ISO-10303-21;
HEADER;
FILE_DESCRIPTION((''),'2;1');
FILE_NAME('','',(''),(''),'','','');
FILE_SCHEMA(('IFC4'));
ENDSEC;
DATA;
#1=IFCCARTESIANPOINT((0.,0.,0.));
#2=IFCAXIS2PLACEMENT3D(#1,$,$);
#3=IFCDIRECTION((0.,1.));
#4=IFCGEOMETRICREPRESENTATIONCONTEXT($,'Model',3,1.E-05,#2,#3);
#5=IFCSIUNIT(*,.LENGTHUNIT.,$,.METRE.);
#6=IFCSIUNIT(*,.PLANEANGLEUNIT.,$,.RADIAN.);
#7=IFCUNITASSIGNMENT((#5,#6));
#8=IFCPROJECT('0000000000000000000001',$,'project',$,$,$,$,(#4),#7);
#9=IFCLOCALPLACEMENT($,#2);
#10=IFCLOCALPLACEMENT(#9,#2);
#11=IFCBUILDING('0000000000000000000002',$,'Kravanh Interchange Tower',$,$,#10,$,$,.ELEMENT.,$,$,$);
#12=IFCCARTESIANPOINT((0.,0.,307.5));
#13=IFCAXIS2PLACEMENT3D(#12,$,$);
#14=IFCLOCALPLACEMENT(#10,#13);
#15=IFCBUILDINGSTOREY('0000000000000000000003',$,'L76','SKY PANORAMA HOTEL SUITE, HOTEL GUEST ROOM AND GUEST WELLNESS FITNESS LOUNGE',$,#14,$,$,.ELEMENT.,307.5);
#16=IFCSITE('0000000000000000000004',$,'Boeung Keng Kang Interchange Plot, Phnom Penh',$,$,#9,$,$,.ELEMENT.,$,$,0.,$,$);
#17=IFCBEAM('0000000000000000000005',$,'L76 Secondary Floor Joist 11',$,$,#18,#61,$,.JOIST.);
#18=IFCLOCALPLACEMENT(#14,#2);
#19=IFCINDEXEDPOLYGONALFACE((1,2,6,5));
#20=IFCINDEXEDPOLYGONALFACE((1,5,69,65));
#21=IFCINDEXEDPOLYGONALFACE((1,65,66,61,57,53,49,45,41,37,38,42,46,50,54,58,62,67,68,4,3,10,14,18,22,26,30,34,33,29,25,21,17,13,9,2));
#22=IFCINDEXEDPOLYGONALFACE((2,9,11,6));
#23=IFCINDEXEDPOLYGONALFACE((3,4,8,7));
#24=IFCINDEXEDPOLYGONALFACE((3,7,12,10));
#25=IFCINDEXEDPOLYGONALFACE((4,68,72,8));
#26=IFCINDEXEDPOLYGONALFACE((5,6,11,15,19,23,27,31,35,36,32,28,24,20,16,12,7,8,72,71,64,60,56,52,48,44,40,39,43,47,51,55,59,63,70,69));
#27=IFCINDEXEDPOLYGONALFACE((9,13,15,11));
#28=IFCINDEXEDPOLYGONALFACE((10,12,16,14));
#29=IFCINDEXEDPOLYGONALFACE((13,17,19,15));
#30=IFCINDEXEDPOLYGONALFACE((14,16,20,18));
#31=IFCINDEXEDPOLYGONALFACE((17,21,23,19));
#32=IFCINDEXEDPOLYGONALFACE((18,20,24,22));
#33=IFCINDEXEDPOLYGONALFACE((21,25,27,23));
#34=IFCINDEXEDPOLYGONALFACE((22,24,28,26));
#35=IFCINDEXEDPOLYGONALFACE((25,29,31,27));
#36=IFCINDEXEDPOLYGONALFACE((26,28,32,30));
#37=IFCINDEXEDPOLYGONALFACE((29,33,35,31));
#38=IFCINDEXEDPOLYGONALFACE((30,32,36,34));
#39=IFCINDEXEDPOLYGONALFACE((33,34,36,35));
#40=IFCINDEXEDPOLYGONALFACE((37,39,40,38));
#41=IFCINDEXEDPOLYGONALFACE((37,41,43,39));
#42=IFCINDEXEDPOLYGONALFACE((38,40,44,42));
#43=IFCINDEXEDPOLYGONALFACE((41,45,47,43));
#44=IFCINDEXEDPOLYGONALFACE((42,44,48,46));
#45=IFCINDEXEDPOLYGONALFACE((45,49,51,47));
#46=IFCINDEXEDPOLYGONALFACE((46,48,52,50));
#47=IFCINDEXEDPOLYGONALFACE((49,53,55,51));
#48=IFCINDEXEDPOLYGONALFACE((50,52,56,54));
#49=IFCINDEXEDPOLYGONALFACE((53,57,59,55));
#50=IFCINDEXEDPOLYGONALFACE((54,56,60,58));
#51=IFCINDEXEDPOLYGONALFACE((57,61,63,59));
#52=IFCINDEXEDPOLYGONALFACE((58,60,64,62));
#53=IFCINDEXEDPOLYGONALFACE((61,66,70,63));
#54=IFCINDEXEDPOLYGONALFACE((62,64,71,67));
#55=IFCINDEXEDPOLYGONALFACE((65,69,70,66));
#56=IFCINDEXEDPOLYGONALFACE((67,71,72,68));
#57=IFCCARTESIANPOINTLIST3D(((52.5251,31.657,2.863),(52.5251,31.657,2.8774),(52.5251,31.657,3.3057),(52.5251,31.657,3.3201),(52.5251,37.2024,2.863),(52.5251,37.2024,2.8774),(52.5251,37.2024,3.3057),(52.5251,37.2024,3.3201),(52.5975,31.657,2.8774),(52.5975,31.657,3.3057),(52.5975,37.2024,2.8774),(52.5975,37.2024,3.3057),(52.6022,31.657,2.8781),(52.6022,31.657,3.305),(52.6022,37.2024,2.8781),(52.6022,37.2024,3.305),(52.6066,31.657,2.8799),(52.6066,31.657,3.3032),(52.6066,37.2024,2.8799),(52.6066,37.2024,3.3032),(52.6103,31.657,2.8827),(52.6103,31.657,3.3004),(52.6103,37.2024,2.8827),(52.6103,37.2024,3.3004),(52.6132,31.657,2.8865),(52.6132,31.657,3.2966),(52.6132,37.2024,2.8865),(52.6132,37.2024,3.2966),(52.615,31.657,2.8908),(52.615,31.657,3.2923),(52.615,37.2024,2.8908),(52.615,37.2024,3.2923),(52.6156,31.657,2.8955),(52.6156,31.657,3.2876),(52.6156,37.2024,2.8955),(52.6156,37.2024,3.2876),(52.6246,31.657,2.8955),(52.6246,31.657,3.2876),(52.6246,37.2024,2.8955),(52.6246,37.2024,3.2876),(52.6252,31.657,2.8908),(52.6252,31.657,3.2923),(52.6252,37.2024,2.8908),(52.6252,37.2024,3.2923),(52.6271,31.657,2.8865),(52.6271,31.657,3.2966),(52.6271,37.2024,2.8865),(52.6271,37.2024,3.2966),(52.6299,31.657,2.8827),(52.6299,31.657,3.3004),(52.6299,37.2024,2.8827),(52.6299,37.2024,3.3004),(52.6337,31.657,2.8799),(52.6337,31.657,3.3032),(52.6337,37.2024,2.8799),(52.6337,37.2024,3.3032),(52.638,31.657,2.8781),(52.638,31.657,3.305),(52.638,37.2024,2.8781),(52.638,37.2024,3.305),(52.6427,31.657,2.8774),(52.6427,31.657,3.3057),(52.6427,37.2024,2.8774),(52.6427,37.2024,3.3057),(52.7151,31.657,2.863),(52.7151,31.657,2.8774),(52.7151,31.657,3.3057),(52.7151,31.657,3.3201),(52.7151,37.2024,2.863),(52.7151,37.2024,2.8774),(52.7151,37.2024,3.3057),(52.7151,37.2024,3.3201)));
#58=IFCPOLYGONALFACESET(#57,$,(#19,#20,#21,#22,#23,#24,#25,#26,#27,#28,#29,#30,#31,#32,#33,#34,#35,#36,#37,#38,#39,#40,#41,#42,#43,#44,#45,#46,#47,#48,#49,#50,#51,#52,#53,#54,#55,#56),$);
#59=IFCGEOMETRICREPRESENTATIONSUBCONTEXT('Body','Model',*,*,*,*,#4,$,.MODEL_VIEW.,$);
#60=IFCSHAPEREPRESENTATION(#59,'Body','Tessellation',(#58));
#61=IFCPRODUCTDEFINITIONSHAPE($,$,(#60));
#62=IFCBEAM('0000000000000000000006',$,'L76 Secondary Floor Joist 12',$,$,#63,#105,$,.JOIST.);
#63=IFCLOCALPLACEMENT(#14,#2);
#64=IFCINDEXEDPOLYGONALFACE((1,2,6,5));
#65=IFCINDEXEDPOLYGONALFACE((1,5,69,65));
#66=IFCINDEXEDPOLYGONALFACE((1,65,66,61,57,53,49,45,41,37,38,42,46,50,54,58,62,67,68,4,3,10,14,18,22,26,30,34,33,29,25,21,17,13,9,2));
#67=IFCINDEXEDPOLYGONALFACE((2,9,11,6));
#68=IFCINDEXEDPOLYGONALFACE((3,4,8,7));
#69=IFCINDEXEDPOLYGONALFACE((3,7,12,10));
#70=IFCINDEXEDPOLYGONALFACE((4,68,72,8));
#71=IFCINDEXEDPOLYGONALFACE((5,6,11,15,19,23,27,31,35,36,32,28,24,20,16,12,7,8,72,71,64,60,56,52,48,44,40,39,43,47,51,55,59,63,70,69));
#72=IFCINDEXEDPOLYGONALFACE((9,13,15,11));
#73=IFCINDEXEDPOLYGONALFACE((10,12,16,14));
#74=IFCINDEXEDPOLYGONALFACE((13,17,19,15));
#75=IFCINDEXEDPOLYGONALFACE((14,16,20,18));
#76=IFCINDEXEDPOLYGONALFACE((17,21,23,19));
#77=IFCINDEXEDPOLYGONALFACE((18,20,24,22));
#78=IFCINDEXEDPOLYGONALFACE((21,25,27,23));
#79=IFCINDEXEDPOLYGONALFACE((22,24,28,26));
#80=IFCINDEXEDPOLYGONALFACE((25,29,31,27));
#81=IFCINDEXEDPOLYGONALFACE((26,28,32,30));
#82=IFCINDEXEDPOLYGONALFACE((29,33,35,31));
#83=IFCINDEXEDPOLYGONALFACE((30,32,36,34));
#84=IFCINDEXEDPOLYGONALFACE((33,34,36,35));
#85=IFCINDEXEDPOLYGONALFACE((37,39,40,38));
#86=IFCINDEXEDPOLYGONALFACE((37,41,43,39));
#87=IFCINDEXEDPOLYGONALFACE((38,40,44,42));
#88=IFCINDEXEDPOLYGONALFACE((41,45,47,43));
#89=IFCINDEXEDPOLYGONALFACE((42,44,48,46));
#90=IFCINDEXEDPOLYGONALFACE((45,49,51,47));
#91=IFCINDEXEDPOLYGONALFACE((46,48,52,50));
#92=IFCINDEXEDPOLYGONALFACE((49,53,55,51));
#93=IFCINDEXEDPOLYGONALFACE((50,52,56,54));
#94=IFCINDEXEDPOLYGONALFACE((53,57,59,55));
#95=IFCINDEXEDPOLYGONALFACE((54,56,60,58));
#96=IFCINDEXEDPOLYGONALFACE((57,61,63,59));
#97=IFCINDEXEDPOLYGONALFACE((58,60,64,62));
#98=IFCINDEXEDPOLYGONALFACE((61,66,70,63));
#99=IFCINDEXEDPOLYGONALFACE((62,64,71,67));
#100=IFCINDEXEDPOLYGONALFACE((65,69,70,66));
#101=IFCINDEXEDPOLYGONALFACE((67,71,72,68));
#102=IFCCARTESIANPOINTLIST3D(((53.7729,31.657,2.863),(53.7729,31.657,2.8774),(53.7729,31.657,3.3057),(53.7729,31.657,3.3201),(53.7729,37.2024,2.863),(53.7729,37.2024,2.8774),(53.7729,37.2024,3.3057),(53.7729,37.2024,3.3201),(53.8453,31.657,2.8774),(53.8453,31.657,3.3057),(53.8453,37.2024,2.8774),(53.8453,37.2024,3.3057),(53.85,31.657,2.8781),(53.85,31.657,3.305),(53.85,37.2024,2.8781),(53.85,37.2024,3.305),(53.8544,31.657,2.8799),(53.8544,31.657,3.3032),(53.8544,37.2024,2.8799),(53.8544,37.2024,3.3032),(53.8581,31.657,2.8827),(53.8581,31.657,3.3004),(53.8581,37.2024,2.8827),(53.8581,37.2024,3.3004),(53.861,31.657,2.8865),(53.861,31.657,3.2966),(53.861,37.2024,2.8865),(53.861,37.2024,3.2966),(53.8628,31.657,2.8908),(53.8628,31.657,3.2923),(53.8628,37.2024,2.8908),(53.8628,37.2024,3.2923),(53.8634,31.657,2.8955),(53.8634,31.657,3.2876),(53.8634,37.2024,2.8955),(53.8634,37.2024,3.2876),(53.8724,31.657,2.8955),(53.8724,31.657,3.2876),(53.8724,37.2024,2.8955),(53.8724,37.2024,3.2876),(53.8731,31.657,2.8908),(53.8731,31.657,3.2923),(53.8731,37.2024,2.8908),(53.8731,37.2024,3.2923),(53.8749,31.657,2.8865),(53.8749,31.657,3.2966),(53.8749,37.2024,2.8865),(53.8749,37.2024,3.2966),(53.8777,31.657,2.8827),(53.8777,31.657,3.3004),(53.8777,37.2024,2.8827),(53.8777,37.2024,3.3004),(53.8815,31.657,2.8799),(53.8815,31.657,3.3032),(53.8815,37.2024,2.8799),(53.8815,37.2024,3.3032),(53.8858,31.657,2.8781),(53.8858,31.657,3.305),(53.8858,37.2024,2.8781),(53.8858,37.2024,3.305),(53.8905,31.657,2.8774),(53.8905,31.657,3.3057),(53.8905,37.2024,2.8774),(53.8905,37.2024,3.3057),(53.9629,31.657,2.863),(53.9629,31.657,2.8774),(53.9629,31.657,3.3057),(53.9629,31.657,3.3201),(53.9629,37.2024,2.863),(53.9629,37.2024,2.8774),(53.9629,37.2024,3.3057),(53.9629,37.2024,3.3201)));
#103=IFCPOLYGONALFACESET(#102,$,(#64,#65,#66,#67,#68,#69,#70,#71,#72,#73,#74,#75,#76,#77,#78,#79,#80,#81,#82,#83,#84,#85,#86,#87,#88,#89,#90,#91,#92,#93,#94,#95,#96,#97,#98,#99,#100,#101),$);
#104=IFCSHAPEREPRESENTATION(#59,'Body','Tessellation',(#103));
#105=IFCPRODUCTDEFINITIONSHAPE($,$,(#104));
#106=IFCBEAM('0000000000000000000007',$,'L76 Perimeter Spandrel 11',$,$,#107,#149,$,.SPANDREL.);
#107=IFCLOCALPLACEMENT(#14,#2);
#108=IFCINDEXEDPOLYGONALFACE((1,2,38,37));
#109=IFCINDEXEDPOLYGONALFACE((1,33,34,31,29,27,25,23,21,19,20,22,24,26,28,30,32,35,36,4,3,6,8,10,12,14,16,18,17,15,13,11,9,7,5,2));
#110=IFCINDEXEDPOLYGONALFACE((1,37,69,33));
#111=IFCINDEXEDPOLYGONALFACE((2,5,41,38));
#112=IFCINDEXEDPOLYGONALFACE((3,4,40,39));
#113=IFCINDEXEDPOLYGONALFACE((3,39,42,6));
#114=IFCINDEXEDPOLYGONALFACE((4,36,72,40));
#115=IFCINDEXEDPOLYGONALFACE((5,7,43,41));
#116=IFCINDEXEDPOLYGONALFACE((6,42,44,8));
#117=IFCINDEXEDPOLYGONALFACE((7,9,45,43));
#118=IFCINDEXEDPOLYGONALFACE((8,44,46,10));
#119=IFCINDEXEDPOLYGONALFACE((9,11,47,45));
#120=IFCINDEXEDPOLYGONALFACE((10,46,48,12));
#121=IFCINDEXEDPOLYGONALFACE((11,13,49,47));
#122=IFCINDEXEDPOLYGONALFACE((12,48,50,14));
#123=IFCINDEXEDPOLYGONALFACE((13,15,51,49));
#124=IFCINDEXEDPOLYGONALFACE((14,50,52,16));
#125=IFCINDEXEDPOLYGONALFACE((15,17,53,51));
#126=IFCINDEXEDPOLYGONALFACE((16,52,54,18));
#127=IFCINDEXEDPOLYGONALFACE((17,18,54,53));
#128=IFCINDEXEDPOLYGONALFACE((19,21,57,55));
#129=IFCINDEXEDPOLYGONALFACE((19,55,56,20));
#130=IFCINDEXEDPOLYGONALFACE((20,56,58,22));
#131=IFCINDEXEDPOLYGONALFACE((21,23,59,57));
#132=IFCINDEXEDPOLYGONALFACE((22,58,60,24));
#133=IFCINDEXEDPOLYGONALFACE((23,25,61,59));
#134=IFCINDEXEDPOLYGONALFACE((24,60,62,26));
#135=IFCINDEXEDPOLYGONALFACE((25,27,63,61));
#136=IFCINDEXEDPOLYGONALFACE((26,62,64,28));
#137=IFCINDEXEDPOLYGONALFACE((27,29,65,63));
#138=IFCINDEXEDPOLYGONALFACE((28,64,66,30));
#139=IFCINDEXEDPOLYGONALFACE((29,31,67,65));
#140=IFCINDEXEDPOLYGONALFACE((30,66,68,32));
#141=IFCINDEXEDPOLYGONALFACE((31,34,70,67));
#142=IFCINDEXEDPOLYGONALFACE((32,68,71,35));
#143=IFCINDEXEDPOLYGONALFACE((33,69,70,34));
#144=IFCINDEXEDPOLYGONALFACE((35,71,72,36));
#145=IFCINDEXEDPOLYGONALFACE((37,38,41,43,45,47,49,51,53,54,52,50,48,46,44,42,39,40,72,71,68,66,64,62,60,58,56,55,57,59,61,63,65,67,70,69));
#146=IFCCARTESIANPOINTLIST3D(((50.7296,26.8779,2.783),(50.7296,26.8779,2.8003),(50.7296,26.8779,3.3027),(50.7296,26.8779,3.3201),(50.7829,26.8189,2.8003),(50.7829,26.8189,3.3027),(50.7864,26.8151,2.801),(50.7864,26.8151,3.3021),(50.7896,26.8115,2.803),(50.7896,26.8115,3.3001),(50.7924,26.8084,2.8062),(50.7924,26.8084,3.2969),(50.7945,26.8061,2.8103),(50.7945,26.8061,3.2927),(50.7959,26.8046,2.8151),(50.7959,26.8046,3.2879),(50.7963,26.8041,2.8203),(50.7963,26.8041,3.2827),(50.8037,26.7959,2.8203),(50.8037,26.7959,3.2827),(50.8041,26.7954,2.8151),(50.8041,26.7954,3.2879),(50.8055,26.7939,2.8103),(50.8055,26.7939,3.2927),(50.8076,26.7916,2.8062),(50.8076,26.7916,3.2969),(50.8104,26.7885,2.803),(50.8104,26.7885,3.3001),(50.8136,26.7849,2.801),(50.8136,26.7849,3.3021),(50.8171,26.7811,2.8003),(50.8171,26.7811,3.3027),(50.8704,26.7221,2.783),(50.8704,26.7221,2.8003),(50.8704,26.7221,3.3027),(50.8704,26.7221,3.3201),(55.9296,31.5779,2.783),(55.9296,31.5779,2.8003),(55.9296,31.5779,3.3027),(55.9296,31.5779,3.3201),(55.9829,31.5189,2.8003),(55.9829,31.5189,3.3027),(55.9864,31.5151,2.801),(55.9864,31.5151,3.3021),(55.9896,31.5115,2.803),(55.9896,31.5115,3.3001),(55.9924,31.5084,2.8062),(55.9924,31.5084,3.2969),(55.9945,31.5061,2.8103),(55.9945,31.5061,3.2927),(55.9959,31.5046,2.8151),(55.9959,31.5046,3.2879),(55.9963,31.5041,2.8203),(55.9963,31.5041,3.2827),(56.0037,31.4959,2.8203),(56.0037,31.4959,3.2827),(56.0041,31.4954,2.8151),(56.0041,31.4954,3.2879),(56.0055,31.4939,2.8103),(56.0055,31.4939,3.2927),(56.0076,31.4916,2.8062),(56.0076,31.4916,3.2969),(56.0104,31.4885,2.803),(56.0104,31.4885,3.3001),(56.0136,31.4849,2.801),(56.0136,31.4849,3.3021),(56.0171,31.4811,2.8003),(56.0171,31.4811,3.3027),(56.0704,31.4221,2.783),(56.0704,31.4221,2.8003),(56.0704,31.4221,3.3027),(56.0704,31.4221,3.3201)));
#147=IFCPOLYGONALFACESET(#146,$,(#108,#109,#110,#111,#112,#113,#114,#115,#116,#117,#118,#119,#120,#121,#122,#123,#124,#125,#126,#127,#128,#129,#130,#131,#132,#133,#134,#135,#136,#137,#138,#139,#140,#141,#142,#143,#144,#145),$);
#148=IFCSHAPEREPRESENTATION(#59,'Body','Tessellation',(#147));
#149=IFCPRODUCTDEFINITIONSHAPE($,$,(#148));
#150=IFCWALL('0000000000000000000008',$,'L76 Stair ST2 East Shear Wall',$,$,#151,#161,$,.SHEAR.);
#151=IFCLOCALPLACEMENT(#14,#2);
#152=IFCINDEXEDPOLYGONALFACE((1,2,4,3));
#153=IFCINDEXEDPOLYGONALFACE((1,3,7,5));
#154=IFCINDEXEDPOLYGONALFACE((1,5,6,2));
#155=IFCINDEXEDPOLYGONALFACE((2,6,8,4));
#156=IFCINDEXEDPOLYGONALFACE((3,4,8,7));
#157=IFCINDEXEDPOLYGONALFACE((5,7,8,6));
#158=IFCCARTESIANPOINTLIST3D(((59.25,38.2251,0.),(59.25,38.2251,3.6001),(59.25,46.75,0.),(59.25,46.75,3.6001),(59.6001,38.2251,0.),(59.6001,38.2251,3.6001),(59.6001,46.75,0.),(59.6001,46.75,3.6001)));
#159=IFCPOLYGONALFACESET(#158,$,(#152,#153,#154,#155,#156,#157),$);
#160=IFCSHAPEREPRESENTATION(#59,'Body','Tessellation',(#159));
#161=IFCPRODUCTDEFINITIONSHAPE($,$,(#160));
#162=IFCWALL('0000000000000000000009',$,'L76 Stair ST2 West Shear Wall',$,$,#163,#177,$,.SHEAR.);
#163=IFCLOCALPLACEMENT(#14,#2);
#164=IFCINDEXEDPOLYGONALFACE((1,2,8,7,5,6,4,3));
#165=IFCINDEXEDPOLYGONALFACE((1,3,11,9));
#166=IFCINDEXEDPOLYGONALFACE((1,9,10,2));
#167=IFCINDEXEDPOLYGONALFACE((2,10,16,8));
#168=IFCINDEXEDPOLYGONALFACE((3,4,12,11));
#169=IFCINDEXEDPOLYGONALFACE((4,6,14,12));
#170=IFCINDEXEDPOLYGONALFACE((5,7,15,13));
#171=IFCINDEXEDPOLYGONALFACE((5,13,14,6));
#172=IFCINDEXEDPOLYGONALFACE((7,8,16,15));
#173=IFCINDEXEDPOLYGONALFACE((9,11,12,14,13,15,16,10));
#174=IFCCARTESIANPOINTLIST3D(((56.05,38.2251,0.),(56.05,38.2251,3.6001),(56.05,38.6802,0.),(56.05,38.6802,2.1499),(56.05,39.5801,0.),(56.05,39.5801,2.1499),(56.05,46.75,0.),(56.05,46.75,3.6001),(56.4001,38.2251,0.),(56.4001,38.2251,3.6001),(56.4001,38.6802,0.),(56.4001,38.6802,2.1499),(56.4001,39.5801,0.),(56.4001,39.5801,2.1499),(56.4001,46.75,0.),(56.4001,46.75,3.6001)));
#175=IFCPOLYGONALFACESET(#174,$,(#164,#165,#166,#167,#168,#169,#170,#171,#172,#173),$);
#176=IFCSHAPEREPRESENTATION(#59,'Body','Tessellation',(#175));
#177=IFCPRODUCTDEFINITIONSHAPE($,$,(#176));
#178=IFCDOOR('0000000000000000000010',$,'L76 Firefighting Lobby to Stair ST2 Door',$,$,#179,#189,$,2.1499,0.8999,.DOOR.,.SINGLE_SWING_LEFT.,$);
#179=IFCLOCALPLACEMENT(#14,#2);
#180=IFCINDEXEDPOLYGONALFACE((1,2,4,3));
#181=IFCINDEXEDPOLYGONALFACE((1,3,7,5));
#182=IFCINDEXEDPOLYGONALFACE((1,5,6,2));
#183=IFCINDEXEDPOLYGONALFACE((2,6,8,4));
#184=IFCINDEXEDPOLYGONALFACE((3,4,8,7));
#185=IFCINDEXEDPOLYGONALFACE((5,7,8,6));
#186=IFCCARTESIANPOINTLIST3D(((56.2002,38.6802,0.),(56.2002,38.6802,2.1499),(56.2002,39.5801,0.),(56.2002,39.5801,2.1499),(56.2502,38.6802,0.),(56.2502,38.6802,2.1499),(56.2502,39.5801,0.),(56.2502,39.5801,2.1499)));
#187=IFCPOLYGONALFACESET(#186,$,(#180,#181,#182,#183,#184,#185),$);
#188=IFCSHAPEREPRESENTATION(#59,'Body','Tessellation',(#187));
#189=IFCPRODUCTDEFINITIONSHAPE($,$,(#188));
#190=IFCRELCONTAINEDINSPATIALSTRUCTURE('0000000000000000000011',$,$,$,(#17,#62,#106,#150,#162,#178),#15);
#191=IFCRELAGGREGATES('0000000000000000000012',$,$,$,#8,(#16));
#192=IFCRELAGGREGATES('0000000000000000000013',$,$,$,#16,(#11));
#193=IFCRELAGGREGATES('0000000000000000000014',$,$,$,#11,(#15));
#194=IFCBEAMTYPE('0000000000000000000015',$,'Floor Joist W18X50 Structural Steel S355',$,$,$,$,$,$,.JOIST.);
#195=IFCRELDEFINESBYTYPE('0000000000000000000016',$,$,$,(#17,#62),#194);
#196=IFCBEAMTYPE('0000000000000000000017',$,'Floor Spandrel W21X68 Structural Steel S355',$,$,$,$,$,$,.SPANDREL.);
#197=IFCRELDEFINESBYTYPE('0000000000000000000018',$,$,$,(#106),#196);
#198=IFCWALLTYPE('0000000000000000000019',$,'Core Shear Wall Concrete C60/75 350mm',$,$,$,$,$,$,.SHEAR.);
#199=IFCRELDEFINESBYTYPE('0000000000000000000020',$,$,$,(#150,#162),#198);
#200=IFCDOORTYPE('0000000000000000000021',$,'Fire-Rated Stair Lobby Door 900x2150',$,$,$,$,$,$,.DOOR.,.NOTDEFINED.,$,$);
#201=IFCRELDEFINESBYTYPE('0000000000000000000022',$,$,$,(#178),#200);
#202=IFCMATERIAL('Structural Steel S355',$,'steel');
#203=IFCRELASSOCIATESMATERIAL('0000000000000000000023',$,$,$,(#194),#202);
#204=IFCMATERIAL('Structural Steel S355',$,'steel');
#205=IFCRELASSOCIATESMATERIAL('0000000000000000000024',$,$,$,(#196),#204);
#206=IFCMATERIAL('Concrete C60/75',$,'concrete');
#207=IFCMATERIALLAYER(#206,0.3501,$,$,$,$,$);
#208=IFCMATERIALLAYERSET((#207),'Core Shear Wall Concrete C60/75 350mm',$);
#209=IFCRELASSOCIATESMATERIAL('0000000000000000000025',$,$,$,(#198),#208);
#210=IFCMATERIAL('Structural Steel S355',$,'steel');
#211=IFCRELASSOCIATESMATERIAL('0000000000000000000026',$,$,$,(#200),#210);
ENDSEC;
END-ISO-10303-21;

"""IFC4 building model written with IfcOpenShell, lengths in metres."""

from ifc_helpers import new_model, si_unit, direction, frame, frame_2d, origin, origin_2d, place, context, subcontext, project, spatial, rectangle, i_section, extrude, material, layer, layer_set, material_profile, profile_set, type_object, element, fill, save


model = new_model("IFC4")

# Units and contexts
model_context = context("Model", 3, precision=1e-05, world=origin(), true_north=direction((0.0, 1.0)))
body_context = subcontext(model_context, "Body", "Model", "MODEL_VIEW")
ifc_project = project(units=[si_unit("LENGTHUNIT", "METRE"), si_unit("PLANEANGLEUNIT", "RADIAN")], contexts=[model_context])

# Site, building, storey
site_placement = place(None, origin())
site = spatial("IfcSite", under=ifc_project, at=site_placement, Name="Boeung Keng Kang Interchange Plot, Phnom Penh", CompositionType="ELEMENT", RefElevation=0.0)
building_placement = place(site_placement, origin())
building = spatial("IfcBuilding", under=site, at=building_placement, Name="Kravanh Interchange Tower", CompositionType="ELEMENT")
storey_placement = place(building_placement, frame((0.0, 0.0, 307.5)))
storey = spatial("IfcBuildingStorey", under=building, at=storey_placement, Name="L76", Description="SKY PANORAMA HOTEL SUITE, HOTEL GUEST ROOM AND GUEST WELLNESS FITNESS LOUNGE", CompositionType="ELEMENT", Elevation=307.5)

# Beams
ifc_material_1 = material(Name="Structural Steel S355", Category="steel")
ifc_material_profile_1 = material_profile(ifc_material_1, i_section(OverallWidth=0.1899, OverallDepth=0.457, WebThickness=0.009, FlangeThickness=0.0144, FilletRadius=0.0181, at=origin_2d()), Name="W18X50")
ifc_profile_set_1 = profile_set([ifc_material_profile_1], Name="Structural Steel S355")
beam_type_1 = type_object("IfcBeamType", Name="Floor Joist W18X50 Structural Steel S355", PredefinedType="JOIST", material=ifc_profile_set_1)
for number, where, z_axis, x_axis, name in (
    (1, (52.6201, 31.657, 3.0916), (0.0, 1.0, 0.0), (-1.0, 0.0, 0.0), "L76 Secondary Floor Joist 11"),
    (2, (53.8679, 31.657, 3.0916), (0.0, 1.0, 0.0), (-1.0, 0.0, 0.0), "L76 Secondary Floor Joist 12"),
):
    element("IfcBeam", number, at=place(storey_placement, frame(where, z_axis=z_axis, x_axis=x_axis)), inside=storey, type_object=beam_type_1, Name=name, PredefinedType="JOIST", context=body_context, shape_type="SweptSolid", body=[
        extrude(i_section(OverallWidth=0.1899, OverallDepth=0.457, WebThickness=0.009, FlangeThickness=0.0144, FilletRadius=0.0181, at=origin_2d()), origin(), (0.0, 0.0, 1.0), 5.5454),
    ])
ifc_material_2 = material(Name="Structural Steel S355", Category="steel")
ifc_material_profile_2 = material_profile(ifc_material_2, i_section(OverallWidth=0.21, OverallDepth=0.5371, WebThickness=0.011, FlangeThickness=0.0173, FilletRadius=0.02, at=origin_2d()), Name="W21X68")
ifc_profile_set_2 = profile_set([ifc_material_profile_2], Name="Structural Steel S355")
beam_type_2 = type_object("IfcBeamType", Name="Floor Spandrel W21X68 Structural Steel S355", PredefinedType="SPANDREL", material=ifc_profile_set_2)
beam_1_placement = place(storey_placement, frame((56.0, 31.5, 3.0515), z_axis=(-0.741874, -0.670539, 0.0), x_axis=(0.670539, -0.741874, 0.0)))
element("IfcBeam", 3, at=beam_1_placement, inside=storey, type_object=beam_type_2, Name="L76 Perimeter Spandrel 11", PredefinedType="SPANDREL", context=body_context, shape_type="SweptSolid", body=[
    extrude(i_section(OverallWidth=0.21, OverallDepth=0.5371, WebThickness=0.011, FlangeThickness=0.0173, FilletRadius=0.02, at=origin_2d()), origin(), (0.0, 0.0, 1.0), 7.0093),
])

# Wall
ifc_material_3 = material(Name="Concrete C60/75", Category="concrete")
ifc_layer_1 = layer(ifc_material_3, 0.3501)
ifc_layer_set_1 = layer_set([ifc_layer_1], Name="Core Shear Wall Concrete C60/75 350mm")
wall_type_1 = type_object("IfcWallType", Name="Core Shear Wall Concrete C60/75 350mm", PredefinedType="SHEAR", material=ifc_layer_set_1)
wall_1_placement = place(storey_placement, frame((59.425, 38.2251, 0.0), z_axis=(0.0, 0.0, 1.0), x_axis=(0.0, 1.0, 0.0)))
element("IfcWall", 4, at=wall_1_placement, inside=storey, type_object=wall_type_1, Name="L76 Stair ST2 East Shear Wall", PredefinedType="SHEAR", context=body_context, shape_type="SweptSolid", body=[
    extrude(rectangle(XDim=8.5249, YDim=0.3501, at=frame_2d((4.2625, 0.0))), origin(), (0.0, 0.0, 1.0), 3.6001),
])

# Wall, opening, door
wall_2_placement = place(storey_placement, frame((56.2251, 38.2251, 0.0), z_axis=(0.0, 0.0, 1.0), x_axis=(0.0, 1.0, 0.0)))
wall_2 = element("IfcWall", 5, at=wall_2_placement, inside=storey, type_object=wall_type_1, Name="L76 Stair ST2 West Shear Wall", PredefinedType="SHEAR", context=body_context, shape_type="SweptSolid", body=[
    extrude(rectangle(XDim=8.5249, YDim=0.3501, at=frame_2d((4.2625, 0.0))), origin(), (0.0, 0.0, 1.0), 3.6001),
])
opening_1_placement = place(wall_2_placement, frame((0.4551, 0.0, 0.0)))
opening_1 = element("IfcOpeningElement", 6, at=opening_1_placement, cuts=wall_2, PredefinedType="OPENING", context=body_context, shape_type="SweptSolid", body=[
    extrude(rectangle(XDim=0.8999, YDim=2.1499, at=frame_2d((0.45, 1.075))), frame((0.0, 0.1851, 0.0), z_axis=(0.0, -1.0, 0.0), x_axis=(1.0, 0.0, 0.0)), (0.0, 0.0, 1.0), 0.3701),
])
ifc_material_4 = material(Name="Structural Steel S355", Category="steel")
door_type_1 = type_object("IfcDoorType", Name="Fire-Rated Stair Lobby Door 900x2150", OperationType="NOTDEFINED", PredefinedType="DOOR", material=ifc_material_4)
door_1_placement = place(opening_1_placement, origin())
door_1 = element("IfcDoor", 7, at=door_1_placement, inside=storey, type_object=door_type_1, Name="L76 Firefighting Lobby to Stair ST2 Door", OperationType="SINGLE_SWING_LEFT", OverallHeight=2.1499, OverallWidth=0.8999, PredefinedType="DOOR", context=body_context, shape_type="SweptSolid", body=[
    extrude(rectangle(XDim=0.8999, YDim=2.1499, at=frame_2d((0.45, 1.075))), frame((0.0, 0.0249, 0.0), z_axis=(0.0, -1.0, 0.0), x_axis=(1.0, 0.0, 0.0)), (0.0, 0.0, 1.0), 0.05),
])
fill(opening_1, door_1)

save(model, "model.ifc")
